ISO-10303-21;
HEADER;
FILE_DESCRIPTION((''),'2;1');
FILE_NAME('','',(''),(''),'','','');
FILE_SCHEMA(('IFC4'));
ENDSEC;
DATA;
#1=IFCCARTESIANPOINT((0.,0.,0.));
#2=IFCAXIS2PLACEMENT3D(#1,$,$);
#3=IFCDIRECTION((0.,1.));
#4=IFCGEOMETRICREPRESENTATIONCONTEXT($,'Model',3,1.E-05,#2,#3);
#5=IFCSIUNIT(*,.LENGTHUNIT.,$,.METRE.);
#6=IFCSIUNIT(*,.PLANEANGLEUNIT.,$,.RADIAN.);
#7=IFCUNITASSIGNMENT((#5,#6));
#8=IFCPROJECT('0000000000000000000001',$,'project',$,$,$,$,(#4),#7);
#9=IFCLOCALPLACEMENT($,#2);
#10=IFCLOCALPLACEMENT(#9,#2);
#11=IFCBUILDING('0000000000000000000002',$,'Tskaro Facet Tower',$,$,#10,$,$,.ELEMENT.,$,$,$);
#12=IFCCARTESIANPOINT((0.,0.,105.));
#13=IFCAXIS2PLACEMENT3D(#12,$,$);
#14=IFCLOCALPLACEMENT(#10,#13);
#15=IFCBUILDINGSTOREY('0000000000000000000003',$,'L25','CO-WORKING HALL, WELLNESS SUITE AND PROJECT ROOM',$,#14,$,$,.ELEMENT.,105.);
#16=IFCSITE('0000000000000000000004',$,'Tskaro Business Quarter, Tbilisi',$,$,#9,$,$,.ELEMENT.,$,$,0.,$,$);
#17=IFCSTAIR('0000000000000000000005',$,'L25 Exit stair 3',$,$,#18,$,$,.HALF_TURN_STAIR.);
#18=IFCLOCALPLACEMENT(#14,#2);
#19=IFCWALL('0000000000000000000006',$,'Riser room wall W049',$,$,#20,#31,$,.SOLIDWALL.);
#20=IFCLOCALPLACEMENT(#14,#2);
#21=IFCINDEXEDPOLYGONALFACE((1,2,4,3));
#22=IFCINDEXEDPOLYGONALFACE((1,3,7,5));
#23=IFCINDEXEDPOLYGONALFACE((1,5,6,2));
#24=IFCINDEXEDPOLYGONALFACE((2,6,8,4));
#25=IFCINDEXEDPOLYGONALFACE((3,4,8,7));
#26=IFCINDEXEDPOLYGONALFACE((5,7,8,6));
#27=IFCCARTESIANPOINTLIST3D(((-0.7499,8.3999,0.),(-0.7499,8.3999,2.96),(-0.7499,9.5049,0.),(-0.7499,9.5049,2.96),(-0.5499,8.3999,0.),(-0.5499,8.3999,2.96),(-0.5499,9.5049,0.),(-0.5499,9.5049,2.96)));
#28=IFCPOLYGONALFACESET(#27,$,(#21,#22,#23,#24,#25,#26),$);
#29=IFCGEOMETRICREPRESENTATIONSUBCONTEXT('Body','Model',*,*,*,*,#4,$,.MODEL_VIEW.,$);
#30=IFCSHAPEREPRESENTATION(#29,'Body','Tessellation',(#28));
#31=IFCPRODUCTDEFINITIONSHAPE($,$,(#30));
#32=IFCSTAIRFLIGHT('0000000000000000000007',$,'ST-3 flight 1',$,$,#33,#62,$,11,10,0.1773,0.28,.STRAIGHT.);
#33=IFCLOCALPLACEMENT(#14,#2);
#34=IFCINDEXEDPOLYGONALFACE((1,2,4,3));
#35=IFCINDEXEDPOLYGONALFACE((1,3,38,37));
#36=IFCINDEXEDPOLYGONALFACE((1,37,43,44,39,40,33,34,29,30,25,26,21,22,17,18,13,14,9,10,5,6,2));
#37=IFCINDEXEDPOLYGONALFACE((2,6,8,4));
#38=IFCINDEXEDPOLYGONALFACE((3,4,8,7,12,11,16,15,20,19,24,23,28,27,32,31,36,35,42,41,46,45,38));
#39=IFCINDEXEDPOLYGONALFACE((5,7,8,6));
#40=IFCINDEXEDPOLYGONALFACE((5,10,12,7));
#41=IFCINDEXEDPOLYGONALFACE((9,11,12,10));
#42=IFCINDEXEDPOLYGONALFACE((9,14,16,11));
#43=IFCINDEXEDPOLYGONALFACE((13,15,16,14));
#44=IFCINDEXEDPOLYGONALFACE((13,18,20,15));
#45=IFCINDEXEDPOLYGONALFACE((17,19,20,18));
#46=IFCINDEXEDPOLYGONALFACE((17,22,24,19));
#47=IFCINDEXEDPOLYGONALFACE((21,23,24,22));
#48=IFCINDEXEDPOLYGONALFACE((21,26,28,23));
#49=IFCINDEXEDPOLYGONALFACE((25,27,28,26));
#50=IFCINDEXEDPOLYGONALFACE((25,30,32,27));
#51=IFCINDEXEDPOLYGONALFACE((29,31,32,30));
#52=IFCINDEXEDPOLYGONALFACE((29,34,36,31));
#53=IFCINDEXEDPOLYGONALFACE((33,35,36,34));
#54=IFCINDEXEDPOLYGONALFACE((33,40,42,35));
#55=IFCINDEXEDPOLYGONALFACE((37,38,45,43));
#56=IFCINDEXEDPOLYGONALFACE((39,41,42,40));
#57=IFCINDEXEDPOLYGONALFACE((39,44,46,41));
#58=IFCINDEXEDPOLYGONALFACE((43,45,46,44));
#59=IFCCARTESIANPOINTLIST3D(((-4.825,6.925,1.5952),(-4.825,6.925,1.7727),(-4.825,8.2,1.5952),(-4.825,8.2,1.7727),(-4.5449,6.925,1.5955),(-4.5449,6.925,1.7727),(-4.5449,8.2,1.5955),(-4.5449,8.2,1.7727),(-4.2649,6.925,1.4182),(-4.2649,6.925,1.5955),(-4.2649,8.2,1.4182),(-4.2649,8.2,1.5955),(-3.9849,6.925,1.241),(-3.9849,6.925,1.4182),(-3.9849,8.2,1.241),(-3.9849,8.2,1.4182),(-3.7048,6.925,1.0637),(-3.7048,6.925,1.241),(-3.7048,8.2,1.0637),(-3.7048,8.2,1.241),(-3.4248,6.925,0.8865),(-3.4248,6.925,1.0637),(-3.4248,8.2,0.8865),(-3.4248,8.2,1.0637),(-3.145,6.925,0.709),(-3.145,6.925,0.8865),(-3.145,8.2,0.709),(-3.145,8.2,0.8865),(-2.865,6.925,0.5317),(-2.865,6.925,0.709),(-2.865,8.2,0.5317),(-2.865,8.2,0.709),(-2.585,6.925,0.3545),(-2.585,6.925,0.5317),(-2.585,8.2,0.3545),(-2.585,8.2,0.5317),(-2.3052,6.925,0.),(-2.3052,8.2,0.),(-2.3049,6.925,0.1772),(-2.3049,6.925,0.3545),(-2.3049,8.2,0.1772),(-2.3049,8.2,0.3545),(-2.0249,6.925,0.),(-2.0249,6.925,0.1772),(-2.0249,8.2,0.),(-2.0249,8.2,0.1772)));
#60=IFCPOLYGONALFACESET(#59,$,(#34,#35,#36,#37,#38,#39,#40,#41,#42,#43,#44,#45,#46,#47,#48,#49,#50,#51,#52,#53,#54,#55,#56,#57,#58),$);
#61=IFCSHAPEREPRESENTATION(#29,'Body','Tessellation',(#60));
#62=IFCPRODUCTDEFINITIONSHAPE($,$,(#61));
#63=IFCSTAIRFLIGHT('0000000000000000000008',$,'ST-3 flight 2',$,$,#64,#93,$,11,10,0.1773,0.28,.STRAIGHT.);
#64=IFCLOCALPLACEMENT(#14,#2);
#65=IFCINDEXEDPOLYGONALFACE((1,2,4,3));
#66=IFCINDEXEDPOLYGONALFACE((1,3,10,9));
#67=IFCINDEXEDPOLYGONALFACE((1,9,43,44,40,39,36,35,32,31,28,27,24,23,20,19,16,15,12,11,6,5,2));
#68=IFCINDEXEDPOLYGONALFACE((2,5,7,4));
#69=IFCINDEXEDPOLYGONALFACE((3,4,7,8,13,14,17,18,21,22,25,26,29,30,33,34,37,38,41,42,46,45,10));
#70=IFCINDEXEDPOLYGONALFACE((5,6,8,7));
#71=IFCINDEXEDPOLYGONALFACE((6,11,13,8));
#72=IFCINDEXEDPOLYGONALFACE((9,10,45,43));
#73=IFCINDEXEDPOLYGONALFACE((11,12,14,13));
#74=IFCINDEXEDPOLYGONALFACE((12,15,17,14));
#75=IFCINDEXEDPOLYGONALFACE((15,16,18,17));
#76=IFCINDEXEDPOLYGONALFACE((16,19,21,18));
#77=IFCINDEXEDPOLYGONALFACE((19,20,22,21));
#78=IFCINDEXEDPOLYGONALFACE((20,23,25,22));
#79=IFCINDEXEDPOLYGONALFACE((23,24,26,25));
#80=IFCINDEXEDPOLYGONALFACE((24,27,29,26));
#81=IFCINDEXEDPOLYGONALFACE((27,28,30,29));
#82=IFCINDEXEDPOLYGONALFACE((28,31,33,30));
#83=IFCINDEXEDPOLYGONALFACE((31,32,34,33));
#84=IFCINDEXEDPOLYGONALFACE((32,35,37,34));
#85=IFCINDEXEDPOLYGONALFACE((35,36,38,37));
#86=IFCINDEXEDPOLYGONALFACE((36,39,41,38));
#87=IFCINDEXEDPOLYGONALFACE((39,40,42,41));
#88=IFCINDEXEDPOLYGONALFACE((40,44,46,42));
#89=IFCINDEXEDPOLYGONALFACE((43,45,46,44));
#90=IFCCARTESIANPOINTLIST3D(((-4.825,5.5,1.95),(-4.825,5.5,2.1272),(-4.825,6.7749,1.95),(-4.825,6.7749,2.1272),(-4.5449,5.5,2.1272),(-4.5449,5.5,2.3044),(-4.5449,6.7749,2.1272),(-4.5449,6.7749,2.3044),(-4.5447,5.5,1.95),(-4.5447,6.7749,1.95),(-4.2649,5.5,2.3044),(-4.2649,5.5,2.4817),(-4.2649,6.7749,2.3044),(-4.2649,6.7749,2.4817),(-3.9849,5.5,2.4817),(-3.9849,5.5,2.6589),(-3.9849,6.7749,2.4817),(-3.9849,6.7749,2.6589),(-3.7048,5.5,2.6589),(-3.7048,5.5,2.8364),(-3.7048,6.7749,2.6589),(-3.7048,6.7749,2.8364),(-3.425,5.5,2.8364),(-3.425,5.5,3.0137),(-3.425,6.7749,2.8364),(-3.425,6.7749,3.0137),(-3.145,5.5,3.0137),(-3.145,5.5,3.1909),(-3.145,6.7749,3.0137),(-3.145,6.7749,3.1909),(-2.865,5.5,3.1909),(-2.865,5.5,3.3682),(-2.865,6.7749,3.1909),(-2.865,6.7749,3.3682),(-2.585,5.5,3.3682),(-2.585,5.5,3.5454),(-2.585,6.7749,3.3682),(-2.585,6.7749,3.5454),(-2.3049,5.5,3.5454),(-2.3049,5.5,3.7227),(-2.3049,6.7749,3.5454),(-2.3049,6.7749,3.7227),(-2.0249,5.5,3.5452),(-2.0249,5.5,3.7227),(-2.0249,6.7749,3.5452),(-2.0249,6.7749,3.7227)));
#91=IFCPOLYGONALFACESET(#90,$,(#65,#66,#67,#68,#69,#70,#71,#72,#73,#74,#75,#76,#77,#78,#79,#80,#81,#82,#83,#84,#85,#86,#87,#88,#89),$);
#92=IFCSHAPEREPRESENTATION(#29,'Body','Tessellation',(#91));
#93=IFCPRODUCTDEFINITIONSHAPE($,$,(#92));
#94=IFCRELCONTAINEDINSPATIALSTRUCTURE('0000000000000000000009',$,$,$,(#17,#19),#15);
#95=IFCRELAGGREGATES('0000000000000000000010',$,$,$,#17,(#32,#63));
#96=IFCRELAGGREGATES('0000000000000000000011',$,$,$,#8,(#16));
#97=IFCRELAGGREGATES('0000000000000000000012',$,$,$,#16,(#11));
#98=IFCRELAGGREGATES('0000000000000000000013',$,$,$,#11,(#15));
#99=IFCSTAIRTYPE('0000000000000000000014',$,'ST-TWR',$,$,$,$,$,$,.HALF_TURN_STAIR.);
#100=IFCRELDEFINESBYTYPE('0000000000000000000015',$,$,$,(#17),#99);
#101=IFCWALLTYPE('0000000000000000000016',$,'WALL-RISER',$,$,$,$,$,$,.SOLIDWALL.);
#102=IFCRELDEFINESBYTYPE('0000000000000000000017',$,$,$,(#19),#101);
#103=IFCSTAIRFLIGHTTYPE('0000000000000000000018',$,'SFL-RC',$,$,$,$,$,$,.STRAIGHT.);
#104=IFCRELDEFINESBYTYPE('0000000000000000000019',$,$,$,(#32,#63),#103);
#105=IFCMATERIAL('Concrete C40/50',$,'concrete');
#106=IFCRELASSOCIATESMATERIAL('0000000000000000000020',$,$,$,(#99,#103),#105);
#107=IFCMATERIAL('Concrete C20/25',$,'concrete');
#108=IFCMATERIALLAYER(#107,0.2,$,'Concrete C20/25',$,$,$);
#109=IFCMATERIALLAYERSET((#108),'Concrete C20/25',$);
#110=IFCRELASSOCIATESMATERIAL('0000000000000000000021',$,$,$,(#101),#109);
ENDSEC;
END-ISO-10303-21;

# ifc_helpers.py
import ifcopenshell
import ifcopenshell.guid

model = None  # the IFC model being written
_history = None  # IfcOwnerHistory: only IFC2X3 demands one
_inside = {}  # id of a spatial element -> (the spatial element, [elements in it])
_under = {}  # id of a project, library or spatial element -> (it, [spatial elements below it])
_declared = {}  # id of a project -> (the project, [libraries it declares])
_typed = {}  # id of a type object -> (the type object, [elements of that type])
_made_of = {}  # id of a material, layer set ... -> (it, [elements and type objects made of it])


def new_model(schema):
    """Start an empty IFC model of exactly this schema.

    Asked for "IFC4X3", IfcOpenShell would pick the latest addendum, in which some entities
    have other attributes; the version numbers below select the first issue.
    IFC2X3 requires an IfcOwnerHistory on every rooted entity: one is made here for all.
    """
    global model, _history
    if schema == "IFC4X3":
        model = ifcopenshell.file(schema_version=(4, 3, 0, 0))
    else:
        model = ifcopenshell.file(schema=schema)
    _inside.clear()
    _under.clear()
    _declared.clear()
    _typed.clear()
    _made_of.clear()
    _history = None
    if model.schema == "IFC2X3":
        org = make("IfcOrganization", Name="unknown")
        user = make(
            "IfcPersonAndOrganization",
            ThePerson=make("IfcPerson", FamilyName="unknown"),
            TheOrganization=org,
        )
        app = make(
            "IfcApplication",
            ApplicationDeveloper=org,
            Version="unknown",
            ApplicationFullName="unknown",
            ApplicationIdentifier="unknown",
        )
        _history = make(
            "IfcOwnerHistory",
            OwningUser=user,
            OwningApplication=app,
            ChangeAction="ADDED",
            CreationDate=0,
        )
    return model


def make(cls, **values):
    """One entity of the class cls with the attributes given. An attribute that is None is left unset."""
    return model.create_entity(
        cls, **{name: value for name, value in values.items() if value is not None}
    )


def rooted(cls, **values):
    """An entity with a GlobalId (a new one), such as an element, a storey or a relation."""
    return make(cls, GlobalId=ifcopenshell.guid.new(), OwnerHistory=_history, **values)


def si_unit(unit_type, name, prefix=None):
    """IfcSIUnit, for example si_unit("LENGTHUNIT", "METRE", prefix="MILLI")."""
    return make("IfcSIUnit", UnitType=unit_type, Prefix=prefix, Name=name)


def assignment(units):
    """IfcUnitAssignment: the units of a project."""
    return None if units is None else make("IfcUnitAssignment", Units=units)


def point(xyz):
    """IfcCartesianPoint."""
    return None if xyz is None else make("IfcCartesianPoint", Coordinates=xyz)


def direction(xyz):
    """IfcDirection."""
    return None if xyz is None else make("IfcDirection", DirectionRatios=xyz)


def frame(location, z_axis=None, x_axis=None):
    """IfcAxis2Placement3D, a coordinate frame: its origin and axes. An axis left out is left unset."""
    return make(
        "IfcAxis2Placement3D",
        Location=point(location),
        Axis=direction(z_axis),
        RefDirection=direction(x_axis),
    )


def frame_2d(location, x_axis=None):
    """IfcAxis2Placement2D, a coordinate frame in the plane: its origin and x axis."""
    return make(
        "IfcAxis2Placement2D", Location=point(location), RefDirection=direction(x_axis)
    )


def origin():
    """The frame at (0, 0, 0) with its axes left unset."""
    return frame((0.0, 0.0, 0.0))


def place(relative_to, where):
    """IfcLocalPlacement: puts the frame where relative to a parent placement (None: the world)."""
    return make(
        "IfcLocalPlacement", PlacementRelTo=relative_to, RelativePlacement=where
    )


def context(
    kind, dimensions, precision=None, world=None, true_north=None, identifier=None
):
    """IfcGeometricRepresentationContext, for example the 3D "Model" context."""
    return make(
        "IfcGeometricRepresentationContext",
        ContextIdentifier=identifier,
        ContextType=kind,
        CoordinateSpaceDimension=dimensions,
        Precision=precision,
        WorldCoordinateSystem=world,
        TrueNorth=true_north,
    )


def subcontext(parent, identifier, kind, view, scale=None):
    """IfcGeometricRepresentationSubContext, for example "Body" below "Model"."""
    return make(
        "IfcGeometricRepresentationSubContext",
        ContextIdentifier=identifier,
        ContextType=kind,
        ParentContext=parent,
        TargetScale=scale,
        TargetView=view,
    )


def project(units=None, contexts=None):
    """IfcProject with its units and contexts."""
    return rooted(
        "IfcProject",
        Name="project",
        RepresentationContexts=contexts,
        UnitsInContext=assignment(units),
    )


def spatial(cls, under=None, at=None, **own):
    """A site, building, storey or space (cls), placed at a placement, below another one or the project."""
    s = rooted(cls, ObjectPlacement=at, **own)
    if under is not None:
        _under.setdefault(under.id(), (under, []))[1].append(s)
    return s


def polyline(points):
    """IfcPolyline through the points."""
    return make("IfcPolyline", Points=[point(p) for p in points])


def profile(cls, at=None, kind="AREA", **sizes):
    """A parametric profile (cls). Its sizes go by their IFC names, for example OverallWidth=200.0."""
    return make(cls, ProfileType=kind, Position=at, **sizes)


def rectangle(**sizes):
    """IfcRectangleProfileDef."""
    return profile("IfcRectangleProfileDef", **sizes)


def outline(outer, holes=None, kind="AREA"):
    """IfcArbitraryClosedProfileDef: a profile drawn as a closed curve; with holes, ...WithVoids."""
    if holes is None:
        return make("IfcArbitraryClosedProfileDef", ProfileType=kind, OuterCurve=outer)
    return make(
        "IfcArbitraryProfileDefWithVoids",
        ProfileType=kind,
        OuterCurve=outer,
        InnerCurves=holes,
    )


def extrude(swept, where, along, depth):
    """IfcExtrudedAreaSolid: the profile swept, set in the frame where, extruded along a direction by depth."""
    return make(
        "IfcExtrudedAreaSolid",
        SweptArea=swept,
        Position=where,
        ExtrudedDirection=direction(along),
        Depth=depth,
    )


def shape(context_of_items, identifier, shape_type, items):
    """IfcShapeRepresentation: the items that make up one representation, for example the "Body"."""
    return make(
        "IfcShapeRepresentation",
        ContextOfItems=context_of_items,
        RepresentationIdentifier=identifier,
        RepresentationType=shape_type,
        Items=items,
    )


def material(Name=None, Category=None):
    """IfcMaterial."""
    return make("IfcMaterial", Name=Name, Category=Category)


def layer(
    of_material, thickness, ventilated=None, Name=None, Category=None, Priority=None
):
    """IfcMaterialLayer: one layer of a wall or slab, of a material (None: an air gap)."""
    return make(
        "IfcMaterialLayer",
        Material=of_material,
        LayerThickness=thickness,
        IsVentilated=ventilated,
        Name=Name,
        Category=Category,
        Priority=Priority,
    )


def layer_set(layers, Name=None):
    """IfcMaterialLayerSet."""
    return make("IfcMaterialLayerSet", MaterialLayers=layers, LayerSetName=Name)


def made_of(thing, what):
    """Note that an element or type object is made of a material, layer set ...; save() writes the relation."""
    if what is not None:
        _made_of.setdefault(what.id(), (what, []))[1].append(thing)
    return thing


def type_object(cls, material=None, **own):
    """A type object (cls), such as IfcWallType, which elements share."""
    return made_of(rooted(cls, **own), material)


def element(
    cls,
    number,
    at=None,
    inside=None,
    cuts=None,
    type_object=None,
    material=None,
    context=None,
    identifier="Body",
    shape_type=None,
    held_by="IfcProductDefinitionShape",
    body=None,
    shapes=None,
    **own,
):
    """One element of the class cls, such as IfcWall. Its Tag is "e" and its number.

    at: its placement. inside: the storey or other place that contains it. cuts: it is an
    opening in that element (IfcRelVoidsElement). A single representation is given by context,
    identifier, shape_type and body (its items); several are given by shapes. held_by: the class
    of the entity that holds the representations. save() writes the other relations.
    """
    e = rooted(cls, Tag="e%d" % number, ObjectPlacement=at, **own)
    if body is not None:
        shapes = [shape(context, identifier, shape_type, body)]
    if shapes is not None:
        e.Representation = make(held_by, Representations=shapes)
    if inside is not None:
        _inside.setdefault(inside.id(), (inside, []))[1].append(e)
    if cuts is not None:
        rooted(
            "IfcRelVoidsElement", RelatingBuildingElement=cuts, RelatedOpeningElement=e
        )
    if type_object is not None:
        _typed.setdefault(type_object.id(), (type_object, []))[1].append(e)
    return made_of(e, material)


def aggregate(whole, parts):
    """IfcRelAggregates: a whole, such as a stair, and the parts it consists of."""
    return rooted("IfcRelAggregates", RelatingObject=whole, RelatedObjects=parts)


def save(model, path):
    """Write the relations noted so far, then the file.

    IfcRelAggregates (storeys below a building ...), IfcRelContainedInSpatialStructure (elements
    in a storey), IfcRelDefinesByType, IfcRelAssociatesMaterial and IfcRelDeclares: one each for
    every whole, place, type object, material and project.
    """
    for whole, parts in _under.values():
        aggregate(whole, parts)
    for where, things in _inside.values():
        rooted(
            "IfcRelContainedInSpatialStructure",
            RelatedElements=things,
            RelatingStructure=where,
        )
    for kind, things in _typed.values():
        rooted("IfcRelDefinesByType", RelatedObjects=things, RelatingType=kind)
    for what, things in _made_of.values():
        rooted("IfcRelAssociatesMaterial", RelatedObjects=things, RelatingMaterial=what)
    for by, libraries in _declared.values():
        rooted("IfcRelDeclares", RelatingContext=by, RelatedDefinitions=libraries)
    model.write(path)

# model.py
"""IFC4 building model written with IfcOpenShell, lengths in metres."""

from ifc_helpers import new_model, si_unit, direction, frame, frame_2d, origin, place, context, subcontext, project, spatial, polyline, rectangle, outline, extrude, material, layer, layer_set, type_object, element, aggregate, save


model = new_model("IFC4")

# Units and contexts
model_context = context("Model", 3, precision=1e-05, world=origin(), true_north=direction((0.0, 1.0)))
body_context = subcontext(model_context, "Body", "Model", "MODEL_VIEW")
ifc_project = project(units=[si_unit("LENGTHUNIT", "METRE"), si_unit("PLANEANGLEUNIT", "RADIAN")], contexts=[model_context])

# Site, building, storey
site_placement = place(None, origin())
site = spatial("IfcSite", under=ifc_project, at=site_placement, Name="Tskaro Business Quarter, Tbilisi", CompositionType="ELEMENT", RefElevation=0.0)
building_placement = place(site_placement, origin())
building = spatial("IfcBuilding", under=site, at=building_placement, Name="Tskaro Facet Tower", CompositionType="ELEMENT")
storey_placement = place(building_placement, frame((0.0, 0.0, 105.0)))
storey = spatial("IfcBuildingStorey", under=building, at=storey_placement, Name="L25", Description="CO-WORKING HALL, WELLNESS SUITE AND PROJECT ROOM", CompositionType="ELEMENT", Elevation=105.0)

# Stair
ifc_material_1 = material(Name="Concrete C40/50", Category="concrete")
stair_type = type_object("IfcStairType", Name="ST-TWR", PredefinedType="HALF_TURN_STAIR", material=ifc_material_1)
stair_1_placement = place(storey_placement, origin())
stair_1 = element("IfcStair", 1, at=stair_1_placement, inside=storey, type_object=stair_type, Name="L25 Exit stair 3", PredefinedType="HALF_TURN_STAIR")

# Wall
ifc_material_2 = material(Name="Concrete C20/25", Category="concrete")
ifc_layer_1 = layer(ifc_material_2, 0.2, Name="Concrete C20/25")
ifc_layer_set_1 = layer_set([ifc_layer_1], Name="Concrete C20/25")
wall_type_1 = type_object("IfcWallType", Name="WALL-RISER", PredefinedType="SOLIDWALL", material=ifc_layer_set_1)
wall_1_placement = place(storey_placement, frame((-0.6499, 8.3999, 0.0), z_axis=(0.0, 0.0, 1.0), x_axis=(0.0, 1.0, 0.0)))
element("IfcWall", 2, at=wall_1_placement, inside=storey, type_object=wall_type_1, Name="Riser room wall W049", PredefinedType="SOLIDWALL", context=body_context, shape_type="SweptSolid", body=[
    extrude(rectangle(XDim=1.105, YDim=0.2, at=frame_2d((0.5525, 0.0))), origin(), (0.0, 0.0, 1.0), 2.96),
])

# Stair flights
stair_flight_type = type_object("IfcStairFlightType", Name="SFL-RC", PredefinedType="STRAIGHT", material=ifc_material_1)
stair_flight_1_placement = place(storey_placement, frame((-2.0249, 7.5625, 0.0), z_axis=(0.0, 0.0, 1.0), x_axis=(-1.0, 0.0, 0.0)))
stair_flight_1 = element("IfcStairFlight", 3, at=stair_flight_1_placement, type_object=stair_flight_type, Name="ST-3 flight 1", NumberOfRisers=11, NumberOfTreads=10, PredefinedType="STRAIGHT", RiserHeight=0.1773, TreadLength=0.28, context=body_context, shape_type="SweptSolid", body=[
    extrude(outline(polyline([(0.0, 0.0), (0.0, 0.1772), (0.28, 0.1772), (0.28, 0.3545), (0.5601, 0.3545), (0.5601, 0.5317), (0.8401, 0.5317), (0.8401, 0.709), (1.1201, 0.709), (1.1201, 0.8865), (1.3999, 0.8865), (1.3999, 1.0637), (1.6799, 1.0637), (1.6799, 1.241), (1.96, 1.241), (1.96, 1.4182), (2.24, 1.4182), (2.24, 1.5955), (2.52, 1.5955), (2.52, 1.7727), (2.8, 1.7727), (2.8, 1.95), (2.8, 1.5952), (0.2803, 0.0), (0.0, 0.0)])), frame((0.0, 0.6375, 0.0), z_axis=(0.0, -1.0, 0.0), x_axis=(1.0, 0.0, 0.0)), (0.0, 0.0, 1.0), 1.2749),
])
stair_flight_2_placement = place(storey_placement, frame((-4.825, 6.1375, 1.95), z_axis=(0.0, 0.0, 1.0), x_axis=(1.0, 0.0, 0.0)))
stair_flight_2 = element("IfcStairFlight", 4, at=stair_flight_2_placement, type_object=stair_flight_type, Name="ST-3 flight 2", NumberOfRisers=11, NumberOfTreads=10, PredefinedType="STRAIGHT", RiserHeight=0.1773, TreadLength=0.28, context=body_context, shape_type="SweptSolid", body=[
    extrude(outline(polyline([(0.0, 0.0), (0.0, 0.1772), (0.28, 0.1772), (0.28, 0.3545), (0.5601, 0.3545), (0.5601, 0.5317), (0.8401, 0.5317), (0.8401, 0.709), (1.1201, 0.709), (1.1201, 0.8865), (1.3999, 0.8865), (1.3999, 1.0637), (1.6799, 1.0637), (1.6799, 1.241), (1.96, 1.241), (1.96, 1.4182), (2.24, 1.4182), (2.24, 1.5955), (2.52, 1.5955), (2.52, 1.7727), (2.8, 1.7727), (2.8, 1.95), (2.8, 1.5952), (0.2803, 0.0), (0.0, 0.0)])), frame((0.0, 0.6375, 0.0), z_axis=(0.0, -1.0, 0.0), x_axis=(1.0, 0.0, 0.0)), (0.0, 0.0, 1.0), 1.2749),
])
aggregate(stair_1, [stair_flight_1, stair_flight_2])

save(model, "model.ifc")
